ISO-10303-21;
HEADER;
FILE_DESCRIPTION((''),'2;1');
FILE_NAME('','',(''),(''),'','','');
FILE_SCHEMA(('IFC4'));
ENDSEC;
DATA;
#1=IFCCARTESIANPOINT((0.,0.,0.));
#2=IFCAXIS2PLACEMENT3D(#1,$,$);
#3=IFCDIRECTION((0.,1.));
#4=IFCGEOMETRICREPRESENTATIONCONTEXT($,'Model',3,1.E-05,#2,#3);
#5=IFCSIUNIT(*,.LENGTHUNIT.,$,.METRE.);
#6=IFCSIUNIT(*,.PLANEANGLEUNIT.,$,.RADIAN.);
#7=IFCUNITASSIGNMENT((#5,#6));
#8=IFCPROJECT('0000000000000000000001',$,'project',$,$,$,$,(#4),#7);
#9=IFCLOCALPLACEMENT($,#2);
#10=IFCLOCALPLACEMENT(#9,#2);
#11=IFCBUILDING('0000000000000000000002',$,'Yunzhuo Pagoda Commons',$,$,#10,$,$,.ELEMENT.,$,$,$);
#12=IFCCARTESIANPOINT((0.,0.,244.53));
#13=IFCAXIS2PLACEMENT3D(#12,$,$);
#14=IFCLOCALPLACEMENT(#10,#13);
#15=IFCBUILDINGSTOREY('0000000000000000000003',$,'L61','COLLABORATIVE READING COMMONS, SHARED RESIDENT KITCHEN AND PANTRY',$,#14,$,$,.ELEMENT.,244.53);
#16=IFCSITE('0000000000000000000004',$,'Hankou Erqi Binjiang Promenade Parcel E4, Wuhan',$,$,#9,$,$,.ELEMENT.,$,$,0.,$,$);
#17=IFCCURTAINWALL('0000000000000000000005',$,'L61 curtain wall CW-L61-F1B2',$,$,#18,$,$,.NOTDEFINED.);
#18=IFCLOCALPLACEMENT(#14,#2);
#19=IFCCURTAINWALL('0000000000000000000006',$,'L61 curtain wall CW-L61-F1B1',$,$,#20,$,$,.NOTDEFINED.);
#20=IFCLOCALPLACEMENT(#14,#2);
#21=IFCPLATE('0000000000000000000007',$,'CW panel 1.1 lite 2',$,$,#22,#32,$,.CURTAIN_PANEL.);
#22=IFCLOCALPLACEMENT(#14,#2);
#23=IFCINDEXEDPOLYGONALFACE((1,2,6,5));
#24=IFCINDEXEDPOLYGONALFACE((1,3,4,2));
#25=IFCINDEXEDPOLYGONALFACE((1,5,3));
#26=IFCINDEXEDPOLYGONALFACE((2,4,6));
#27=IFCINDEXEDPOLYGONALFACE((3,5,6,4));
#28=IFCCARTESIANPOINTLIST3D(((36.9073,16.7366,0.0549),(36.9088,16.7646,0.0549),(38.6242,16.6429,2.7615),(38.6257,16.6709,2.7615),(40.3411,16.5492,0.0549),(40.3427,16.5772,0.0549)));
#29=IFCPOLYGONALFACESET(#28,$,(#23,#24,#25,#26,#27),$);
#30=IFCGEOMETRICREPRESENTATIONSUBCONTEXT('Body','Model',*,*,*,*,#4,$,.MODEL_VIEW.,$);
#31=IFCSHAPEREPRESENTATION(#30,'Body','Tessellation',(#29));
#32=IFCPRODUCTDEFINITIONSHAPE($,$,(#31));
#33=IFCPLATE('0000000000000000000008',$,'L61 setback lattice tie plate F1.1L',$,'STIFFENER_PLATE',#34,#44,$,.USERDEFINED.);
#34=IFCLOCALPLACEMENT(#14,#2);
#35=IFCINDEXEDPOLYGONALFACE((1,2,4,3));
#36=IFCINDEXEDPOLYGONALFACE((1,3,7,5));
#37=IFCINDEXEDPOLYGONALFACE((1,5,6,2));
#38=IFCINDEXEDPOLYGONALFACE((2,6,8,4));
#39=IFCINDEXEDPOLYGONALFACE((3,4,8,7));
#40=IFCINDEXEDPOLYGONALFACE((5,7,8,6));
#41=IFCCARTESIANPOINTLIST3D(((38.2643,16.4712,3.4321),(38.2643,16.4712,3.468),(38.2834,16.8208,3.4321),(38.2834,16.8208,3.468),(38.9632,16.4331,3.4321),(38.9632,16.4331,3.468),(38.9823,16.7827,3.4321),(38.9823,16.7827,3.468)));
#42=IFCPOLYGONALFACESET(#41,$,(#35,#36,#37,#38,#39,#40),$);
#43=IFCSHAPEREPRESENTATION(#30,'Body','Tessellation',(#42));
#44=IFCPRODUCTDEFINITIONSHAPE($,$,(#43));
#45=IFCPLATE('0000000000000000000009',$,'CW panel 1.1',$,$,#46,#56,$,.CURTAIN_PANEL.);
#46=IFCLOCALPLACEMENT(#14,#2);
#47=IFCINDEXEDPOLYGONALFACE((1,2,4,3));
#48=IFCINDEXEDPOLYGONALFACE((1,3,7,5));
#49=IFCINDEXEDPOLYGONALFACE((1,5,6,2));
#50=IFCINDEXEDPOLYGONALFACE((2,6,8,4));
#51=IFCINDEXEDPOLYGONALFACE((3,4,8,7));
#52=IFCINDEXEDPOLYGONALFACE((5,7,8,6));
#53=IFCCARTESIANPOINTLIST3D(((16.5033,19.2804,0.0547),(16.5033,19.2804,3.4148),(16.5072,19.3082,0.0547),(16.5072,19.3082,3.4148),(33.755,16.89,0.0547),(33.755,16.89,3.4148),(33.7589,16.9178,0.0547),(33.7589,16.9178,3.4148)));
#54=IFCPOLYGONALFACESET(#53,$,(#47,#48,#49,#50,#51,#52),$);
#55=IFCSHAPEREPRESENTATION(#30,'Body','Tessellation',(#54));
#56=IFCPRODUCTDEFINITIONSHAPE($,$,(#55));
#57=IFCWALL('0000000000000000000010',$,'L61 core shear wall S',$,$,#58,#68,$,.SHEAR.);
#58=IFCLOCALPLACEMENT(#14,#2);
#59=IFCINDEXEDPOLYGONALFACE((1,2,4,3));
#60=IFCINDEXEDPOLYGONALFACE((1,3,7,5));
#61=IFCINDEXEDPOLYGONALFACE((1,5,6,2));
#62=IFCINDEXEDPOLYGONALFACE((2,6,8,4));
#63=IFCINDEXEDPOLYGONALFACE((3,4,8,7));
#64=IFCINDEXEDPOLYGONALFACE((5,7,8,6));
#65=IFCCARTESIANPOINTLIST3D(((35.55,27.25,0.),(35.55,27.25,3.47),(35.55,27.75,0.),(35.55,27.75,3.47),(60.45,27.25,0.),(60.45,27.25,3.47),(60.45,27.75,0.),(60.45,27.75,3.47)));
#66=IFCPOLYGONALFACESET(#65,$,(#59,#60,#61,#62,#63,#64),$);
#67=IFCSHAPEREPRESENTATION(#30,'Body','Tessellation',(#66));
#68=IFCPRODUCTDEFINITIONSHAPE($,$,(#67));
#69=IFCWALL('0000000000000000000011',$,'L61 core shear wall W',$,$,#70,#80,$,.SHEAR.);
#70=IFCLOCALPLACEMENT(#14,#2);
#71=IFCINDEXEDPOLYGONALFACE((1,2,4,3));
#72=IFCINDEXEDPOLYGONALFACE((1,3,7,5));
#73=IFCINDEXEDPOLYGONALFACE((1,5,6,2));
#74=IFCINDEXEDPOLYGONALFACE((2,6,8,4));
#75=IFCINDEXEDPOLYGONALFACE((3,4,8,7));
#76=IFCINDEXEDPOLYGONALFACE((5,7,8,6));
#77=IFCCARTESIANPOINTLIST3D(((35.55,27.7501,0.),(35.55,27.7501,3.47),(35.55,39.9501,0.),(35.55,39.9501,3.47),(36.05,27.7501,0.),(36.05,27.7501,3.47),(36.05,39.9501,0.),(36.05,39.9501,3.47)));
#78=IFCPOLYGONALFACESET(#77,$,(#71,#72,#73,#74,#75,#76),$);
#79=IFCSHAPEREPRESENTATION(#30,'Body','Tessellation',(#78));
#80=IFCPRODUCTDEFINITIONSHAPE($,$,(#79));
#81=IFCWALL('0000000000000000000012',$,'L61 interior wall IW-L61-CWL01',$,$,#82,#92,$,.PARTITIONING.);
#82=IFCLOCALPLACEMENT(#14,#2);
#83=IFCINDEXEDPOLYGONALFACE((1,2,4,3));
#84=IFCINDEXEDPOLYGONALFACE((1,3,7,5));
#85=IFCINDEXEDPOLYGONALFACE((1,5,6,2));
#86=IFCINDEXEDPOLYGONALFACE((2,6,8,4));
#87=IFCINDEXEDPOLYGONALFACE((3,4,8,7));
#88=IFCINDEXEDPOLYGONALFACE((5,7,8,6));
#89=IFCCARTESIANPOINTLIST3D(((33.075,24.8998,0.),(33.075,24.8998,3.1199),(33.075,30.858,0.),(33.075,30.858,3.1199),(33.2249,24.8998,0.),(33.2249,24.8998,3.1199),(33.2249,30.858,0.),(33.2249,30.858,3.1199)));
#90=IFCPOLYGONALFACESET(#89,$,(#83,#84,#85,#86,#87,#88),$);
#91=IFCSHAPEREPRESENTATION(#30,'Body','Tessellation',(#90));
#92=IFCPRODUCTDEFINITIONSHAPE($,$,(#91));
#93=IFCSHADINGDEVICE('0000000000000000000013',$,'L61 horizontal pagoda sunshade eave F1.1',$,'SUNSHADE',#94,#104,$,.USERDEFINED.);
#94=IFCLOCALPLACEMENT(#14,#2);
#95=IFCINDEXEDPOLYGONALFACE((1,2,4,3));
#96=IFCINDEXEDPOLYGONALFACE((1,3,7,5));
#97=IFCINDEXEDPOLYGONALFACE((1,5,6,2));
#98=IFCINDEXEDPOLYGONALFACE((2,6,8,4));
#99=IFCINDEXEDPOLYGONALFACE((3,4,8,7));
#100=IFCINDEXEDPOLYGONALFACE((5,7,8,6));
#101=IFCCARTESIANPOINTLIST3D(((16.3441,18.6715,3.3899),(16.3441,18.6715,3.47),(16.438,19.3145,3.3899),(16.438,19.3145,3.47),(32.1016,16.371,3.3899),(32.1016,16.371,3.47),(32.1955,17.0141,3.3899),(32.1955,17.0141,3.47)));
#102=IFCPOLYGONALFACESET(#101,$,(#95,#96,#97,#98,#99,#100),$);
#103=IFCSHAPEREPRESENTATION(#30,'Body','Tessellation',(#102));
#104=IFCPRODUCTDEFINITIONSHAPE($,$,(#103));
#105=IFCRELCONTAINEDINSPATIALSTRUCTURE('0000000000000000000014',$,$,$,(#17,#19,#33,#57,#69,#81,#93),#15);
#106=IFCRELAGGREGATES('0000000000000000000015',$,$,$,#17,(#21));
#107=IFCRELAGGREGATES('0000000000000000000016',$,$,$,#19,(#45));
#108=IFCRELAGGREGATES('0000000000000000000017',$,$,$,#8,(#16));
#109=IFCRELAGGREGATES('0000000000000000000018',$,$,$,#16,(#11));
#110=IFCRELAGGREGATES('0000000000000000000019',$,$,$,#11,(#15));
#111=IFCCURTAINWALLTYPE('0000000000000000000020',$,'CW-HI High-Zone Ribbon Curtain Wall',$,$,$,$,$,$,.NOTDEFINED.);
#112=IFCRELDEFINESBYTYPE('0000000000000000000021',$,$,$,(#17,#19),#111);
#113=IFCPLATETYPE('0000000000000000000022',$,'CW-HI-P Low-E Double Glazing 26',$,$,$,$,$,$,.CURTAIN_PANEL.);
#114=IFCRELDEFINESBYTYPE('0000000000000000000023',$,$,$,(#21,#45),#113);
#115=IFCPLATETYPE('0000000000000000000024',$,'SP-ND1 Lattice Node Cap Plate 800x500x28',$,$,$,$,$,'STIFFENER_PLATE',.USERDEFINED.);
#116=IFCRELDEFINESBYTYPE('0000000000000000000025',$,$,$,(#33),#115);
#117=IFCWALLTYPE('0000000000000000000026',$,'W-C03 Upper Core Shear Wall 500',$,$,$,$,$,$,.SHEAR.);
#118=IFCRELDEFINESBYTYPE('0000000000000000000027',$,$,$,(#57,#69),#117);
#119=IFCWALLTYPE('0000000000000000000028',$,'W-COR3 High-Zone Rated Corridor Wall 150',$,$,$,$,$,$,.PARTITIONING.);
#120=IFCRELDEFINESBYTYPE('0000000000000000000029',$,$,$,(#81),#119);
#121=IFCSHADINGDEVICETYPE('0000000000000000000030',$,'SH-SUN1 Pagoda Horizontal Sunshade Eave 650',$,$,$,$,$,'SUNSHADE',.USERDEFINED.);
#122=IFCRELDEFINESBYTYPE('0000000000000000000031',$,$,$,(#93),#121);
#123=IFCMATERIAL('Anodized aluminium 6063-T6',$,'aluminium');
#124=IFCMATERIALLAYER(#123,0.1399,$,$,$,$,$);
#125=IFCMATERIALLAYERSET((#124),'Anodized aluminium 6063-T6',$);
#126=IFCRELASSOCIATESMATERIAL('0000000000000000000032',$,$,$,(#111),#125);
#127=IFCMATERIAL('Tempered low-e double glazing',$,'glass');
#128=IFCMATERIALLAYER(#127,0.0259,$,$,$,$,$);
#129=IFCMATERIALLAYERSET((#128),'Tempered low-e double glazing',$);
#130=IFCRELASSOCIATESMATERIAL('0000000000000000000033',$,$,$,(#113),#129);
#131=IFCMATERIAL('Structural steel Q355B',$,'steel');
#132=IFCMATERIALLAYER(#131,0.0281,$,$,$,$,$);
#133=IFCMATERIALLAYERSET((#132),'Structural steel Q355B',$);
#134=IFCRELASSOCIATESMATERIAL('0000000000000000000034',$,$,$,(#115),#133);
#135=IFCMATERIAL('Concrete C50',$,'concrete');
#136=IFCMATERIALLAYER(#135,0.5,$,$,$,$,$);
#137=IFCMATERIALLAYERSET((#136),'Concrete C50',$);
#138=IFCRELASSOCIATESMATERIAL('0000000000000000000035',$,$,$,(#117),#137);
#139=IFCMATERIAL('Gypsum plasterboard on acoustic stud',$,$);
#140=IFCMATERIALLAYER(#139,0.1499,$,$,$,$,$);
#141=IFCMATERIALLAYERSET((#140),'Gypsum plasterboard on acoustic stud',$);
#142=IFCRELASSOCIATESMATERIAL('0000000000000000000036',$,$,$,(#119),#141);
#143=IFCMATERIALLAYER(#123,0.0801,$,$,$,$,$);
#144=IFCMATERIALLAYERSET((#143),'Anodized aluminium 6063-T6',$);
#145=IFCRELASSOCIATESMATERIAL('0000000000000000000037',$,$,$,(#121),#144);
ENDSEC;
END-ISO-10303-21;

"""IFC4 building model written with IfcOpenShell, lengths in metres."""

from ifc_helpers import new_model, si_unit, direction, frame, frame_2d, origin, origin_2d, place, context, subcontext, project, spatial, polyline, rectangle, outline, extrude, source, transform, mapped, material, layer, layer_set, type_object, element, aggregate, save


model = new_model("IFC4")

# Units and contexts
model_context = context("Model", 3, precision=1e-05, world=origin(), true_north=direction((0.0, 1.0)))
body_context = subcontext(model_context, "Body", "Model", "MODEL_VIEW")
ifc_project = project(units=[si_unit("LENGTHUNIT", "METRE"), si_unit("PLANEANGLEUNIT", "RADIAN")], contexts=[model_context])

# Site, building, storey
site_placement = place(None, origin())
site = spatial("IfcSite", under=ifc_project, at=site_placement, Name="Hankou Erqi Binjiang Promenade Parcel E4, Wuhan", CompositionType="ELEMENT", RefElevation=0.0)
building_placement = place(site_placement, origin())
building = spatial("IfcBuilding", under=site, at=building_placement, Name="Yunzhuo Pagoda Commons", CompositionType="ELEMENT")
storey_placement = place(building_placement, frame((0.0, 0.0, 244.53)))
storey = spatial("IfcBuildingStorey", under=building, at=storey_placement, Name="L61", Description="COLLABORATIVE READING COMMONS, SHARED RESIDENT KITCHEN AND PANTRY", CompositionType="ELEMENT", Elevation=244.53)

# Shared definitions
ifc_material_1 = material(Name="Structural steel Q355B", Category="steel")

# Curtain wall
ifc_material_2 = material(Name="Anodized aluminium 6063-T6", Category="aluminium")
ifc_layer_1 = layer(ifc_material_2, 0.1399)
ifc_layer_set_1 = layer_set([ifc_layer_1], Name="Anodized aluminium 6063-T6")
curtain_wall_type = type_object("IfcCurtainWallType", Name="CW-HI High-Zone Ribbon Curtain Wall", PredefinedType="NOTDEFINED", material=ifc_layer_set_1)
curtain_wall_1_placement = place(storey_placement, origin())
curtain_wall_1 = element("IfcCurtainWall", 1, at=curtain_wall_1_placement, inside=storey, type_object=curtain_wall_type, Name="L61 curtain wall CW-L61-F1B2", PredefinedType="NOTDEFINED")

# Curtain wall
curtain_wall_2_placement = place(storey_placement, origin())
curtain_wall_2 = element("IfcCurtainWall", 2, at=curtain_wall_2_placement, inside=storey, type_object=curtain_wall_type, Name="L61 curtain wall CW-L61-F1B1", PredefinedType="NOTDEFINED")

# Plates
ifc_material_3 = material(Name="Tempered low-e double glazing", Category="glass")
ifc_layer_2 = layer(ifc_material_3, 0.0259)
ifc_layer_set_2 = layer_set([ifc_layer_2], Name="Tempered low-e double glazing")
plate_type_1 = type_object("IfcPlateType", Name="CW-HI-P Low-E Double Glazing 26", PredefinedType="CURTAIN_PANEL", material=ifc_layer_set_2)
plate_1_placement = place(storey_placement, frame((38.6257, 16.6709, 1.4082), z_axis=(-0.054497, -0.998514, 0.0), x_axis=(0.998514, -0.054497, 0.0)))
plate_1 = element("IfcPlate", 3, at=plate_1_placement, type_object=plate_type_1, Name="CW panel 1.1 lite 2", PredefinedType="CURTAIN_PANEL", context=body_context, shape_type="SweptSolid", body=[
    extrude(outline(polyline([(-1.7195, -1.3533), (1.7195, -1.3533), (0.0, 1.3533), (-1.7195, -1.3533)])), origin(), (0.0, 0.0, 1.0), 0.0281),
])
aggregate(curtain_wall_1, [plate_1])
ifc_layer_3 = layer(ifc_material_1, 0.0281)
ifc_layer_set_3 = layer_set([ifc_layer_3], Name="Structural steel Q355B")
plate_type_2 = type_object("IfcPlateType", Name="SP-ND1 Lattice Node Cap Plate 800x500x28", ElementType="STIFFENER_PLATE", PredefinedType="USERDEFINED", material=ifc_layer_set_3)
shared_shape_1 = source(origin(), body_context, "Body", "SweptSolid", [
    extrude(rectangle(XDim=0.7, YDim=0.3501, at=origin_2d()), origin(), (0.0, 0.0, 1.0), 0.0359),
])
plate_2_placement = place(storey_placement, frame((38.6233, 16.627, 3.4321), z_axis=(0.0, 0.0, 1.0), x_axis=(0.998514, -0.054497, 0.0)))
element("IfcPlate", 4, at=plate_2_placement, inside=storey, type_object=plate_type_2, Name="L61 setback lattice tie plate F1.1L", ObjectType="STIFFENER_PLATE", PredefinedType="USERDEFINED", context=body_context, shape_type="MappedRepresentation", body=[
    mapped(shared_shape_1, transform((0.0, 0.0, 0.0), scale=1.0)),
])
shared_shape_2 = source(origin(), body_context, "Body", "SweptSolid", [
    extrude(rectangle(XDim=17.4165, YDim=0.0281, at=origin_2d()), origin(), (0.0, 0.0, 1.0), 3.3601),
])
plate_3_placement = place(storey_placement, frame((25.1311, 18.0991, 0.0547), z_axis=(0.0, 0.0, 1.0), x_axis=(0.990536, -0.13725, 0.0)))
plate_3 = element("IfcPlate", 5, at=plate_3_placement, type_object=plate_type_1, Name="CW panel 1.1", PredefinedType="CURTAIN_PANEL", context=body_context, shape_type="MappedRepresentation", body=[
    mapped(shared_shape_2, transform((0.0, 0.0, 0.0), scale=1.0)),
])
aggregate(curtain_wall_2, [plate_3])

# Walls
ifc_material_4 = material(Name="Concrete C50", Category="concrete")
ifc_layer_4 = layer(ifc_material_4, 0.5)
ifc_layer_set_4 = layer_set([ifc_layer_4], Name="Concrete C50")
wall_type_1 = type_object("IfcWallType", Name="W-C03 Upper Core Shear Wall 500", PredefinedType="SHEAR", material=ifc_layer_set_4)
wall_1_placement = place(storey_placement, frame((35.55, 27.5, 0.0), z_axis=(0.0, 0.0, 1.0), x_axis=(1.0, 0.0, 0.0)))
element("IfcWall", 6, at=wall_1_placement, inside=storey, type_object=wall_type_1, Name="L61 core shear wall S", PredefinedType="SHEAR", context=body_context, shape_type="SweptSolid", body=[
    extrude(rectangle(XDim=24.8999, YDim=0.5, at=frame_2d((12.45, 0.0))), origin(), (0.0, 0.0, 1.0), 3.47),
])
wall_2_placement = place(storey_placement, frame((35.8, 27.75, 0.0), z_axis=(0.0, 0.0, 1.0), x_axis=(0.0, 1.0, 0.0)))
element("IfcWall", 7, at=wall_2_placement, inside=storey, type_object=wall_type_1, Name="L61 core shear wall W", PredefinedType="SHEAR", context=body_context, shape_type="SweptSolid", body=[
    extrude(rectangle(XDim=12.2, YDim=0.5, at=frame_2d((6.1001, 0.0))), origin(), (0.0, 0.0, 1.0), 3.47),
])
ifc_material_5 = material(Name="Gypsum plasterboard on acoustic stud")
ifc_layer_5 = layer(ifc_material_5, 0.1499)
ifc_layer_set_5 = layer_set([ifc_layer_5], Name="Gypsum plasterboard on acoustic stud")
wall_type_2 = type_object("IfcWallType", Name="W-COR3 High-Zone Rated Corridor Wall 150", PredefinedType="PARTITIONING", material=ifc_layer_set_5)
wall_3_placement = place(storey_placement, frame((33.1499, 24.8999, 0.0), z_axis=(0.0, 0.0, 1.0), x_axis=(0.0, 1.0, 0.0)))
element("IfcWall", 8, at=wall_3_placement, inside=storey, type_object=wall_type_2, Name="L61 interior wall IW-L61-CWL01", PredefinedType="PARTITIONING", context=body_context, shape_type="SweptSolid", body=[
    extrude(rectangle(XDim=5.9583, YDim=0.1499, at=frame_2d((2.979, 0.0))), origin(), (0.0, 0.0, 1.0), 3.1199),
])

# Shading device
ifc_layer_6 = layer(ifc_material_2, 0.0801)
ifc_layer_set_6 = layer_set([ifc_layer_6], Name="Anodized aluminium 6063-T6")
shading_device_type = type_object("IfcShadingDeviceType", Name="SH-SUN1 Pagoda Horizontal Sunshade Eave 650", ElementType="SUNSHADE", PredefinedType="USERDEFINED", material=ifc_layer_set_6)
shared_shape_3 = source(origin(), body_context, "Body", "SweptSolid", [
    extrude(rectangle(XDim=15.9246, YDim=0.6499, at=origin_2d()), origin(), (0.0, 0.0, 1.0), 0.0801),
])
shading_device_placement = place(storey_placement, frame((24.2698, 17.8428, 3.3899), z_axis=(0.0, 0.0, 1.0), x_axis=(0.989511, -0.14446, 0.0)))
element("IfcShadingDevice", 9, at=shading_device_placement, inside=storey, type_object=shading_device_type, Name="L61 horizontal pagoda sunshade eave F1.1", ObjectType="SUNSHADE", PredefinedType="USERDEFINED", context=body_context, shape_type="MappedRepresentation", body=[
    mapped(shared_shape_3, transform((0.0, 0.0, 0.0), scale=1.0)),
])

save(model, "model.ifc")
